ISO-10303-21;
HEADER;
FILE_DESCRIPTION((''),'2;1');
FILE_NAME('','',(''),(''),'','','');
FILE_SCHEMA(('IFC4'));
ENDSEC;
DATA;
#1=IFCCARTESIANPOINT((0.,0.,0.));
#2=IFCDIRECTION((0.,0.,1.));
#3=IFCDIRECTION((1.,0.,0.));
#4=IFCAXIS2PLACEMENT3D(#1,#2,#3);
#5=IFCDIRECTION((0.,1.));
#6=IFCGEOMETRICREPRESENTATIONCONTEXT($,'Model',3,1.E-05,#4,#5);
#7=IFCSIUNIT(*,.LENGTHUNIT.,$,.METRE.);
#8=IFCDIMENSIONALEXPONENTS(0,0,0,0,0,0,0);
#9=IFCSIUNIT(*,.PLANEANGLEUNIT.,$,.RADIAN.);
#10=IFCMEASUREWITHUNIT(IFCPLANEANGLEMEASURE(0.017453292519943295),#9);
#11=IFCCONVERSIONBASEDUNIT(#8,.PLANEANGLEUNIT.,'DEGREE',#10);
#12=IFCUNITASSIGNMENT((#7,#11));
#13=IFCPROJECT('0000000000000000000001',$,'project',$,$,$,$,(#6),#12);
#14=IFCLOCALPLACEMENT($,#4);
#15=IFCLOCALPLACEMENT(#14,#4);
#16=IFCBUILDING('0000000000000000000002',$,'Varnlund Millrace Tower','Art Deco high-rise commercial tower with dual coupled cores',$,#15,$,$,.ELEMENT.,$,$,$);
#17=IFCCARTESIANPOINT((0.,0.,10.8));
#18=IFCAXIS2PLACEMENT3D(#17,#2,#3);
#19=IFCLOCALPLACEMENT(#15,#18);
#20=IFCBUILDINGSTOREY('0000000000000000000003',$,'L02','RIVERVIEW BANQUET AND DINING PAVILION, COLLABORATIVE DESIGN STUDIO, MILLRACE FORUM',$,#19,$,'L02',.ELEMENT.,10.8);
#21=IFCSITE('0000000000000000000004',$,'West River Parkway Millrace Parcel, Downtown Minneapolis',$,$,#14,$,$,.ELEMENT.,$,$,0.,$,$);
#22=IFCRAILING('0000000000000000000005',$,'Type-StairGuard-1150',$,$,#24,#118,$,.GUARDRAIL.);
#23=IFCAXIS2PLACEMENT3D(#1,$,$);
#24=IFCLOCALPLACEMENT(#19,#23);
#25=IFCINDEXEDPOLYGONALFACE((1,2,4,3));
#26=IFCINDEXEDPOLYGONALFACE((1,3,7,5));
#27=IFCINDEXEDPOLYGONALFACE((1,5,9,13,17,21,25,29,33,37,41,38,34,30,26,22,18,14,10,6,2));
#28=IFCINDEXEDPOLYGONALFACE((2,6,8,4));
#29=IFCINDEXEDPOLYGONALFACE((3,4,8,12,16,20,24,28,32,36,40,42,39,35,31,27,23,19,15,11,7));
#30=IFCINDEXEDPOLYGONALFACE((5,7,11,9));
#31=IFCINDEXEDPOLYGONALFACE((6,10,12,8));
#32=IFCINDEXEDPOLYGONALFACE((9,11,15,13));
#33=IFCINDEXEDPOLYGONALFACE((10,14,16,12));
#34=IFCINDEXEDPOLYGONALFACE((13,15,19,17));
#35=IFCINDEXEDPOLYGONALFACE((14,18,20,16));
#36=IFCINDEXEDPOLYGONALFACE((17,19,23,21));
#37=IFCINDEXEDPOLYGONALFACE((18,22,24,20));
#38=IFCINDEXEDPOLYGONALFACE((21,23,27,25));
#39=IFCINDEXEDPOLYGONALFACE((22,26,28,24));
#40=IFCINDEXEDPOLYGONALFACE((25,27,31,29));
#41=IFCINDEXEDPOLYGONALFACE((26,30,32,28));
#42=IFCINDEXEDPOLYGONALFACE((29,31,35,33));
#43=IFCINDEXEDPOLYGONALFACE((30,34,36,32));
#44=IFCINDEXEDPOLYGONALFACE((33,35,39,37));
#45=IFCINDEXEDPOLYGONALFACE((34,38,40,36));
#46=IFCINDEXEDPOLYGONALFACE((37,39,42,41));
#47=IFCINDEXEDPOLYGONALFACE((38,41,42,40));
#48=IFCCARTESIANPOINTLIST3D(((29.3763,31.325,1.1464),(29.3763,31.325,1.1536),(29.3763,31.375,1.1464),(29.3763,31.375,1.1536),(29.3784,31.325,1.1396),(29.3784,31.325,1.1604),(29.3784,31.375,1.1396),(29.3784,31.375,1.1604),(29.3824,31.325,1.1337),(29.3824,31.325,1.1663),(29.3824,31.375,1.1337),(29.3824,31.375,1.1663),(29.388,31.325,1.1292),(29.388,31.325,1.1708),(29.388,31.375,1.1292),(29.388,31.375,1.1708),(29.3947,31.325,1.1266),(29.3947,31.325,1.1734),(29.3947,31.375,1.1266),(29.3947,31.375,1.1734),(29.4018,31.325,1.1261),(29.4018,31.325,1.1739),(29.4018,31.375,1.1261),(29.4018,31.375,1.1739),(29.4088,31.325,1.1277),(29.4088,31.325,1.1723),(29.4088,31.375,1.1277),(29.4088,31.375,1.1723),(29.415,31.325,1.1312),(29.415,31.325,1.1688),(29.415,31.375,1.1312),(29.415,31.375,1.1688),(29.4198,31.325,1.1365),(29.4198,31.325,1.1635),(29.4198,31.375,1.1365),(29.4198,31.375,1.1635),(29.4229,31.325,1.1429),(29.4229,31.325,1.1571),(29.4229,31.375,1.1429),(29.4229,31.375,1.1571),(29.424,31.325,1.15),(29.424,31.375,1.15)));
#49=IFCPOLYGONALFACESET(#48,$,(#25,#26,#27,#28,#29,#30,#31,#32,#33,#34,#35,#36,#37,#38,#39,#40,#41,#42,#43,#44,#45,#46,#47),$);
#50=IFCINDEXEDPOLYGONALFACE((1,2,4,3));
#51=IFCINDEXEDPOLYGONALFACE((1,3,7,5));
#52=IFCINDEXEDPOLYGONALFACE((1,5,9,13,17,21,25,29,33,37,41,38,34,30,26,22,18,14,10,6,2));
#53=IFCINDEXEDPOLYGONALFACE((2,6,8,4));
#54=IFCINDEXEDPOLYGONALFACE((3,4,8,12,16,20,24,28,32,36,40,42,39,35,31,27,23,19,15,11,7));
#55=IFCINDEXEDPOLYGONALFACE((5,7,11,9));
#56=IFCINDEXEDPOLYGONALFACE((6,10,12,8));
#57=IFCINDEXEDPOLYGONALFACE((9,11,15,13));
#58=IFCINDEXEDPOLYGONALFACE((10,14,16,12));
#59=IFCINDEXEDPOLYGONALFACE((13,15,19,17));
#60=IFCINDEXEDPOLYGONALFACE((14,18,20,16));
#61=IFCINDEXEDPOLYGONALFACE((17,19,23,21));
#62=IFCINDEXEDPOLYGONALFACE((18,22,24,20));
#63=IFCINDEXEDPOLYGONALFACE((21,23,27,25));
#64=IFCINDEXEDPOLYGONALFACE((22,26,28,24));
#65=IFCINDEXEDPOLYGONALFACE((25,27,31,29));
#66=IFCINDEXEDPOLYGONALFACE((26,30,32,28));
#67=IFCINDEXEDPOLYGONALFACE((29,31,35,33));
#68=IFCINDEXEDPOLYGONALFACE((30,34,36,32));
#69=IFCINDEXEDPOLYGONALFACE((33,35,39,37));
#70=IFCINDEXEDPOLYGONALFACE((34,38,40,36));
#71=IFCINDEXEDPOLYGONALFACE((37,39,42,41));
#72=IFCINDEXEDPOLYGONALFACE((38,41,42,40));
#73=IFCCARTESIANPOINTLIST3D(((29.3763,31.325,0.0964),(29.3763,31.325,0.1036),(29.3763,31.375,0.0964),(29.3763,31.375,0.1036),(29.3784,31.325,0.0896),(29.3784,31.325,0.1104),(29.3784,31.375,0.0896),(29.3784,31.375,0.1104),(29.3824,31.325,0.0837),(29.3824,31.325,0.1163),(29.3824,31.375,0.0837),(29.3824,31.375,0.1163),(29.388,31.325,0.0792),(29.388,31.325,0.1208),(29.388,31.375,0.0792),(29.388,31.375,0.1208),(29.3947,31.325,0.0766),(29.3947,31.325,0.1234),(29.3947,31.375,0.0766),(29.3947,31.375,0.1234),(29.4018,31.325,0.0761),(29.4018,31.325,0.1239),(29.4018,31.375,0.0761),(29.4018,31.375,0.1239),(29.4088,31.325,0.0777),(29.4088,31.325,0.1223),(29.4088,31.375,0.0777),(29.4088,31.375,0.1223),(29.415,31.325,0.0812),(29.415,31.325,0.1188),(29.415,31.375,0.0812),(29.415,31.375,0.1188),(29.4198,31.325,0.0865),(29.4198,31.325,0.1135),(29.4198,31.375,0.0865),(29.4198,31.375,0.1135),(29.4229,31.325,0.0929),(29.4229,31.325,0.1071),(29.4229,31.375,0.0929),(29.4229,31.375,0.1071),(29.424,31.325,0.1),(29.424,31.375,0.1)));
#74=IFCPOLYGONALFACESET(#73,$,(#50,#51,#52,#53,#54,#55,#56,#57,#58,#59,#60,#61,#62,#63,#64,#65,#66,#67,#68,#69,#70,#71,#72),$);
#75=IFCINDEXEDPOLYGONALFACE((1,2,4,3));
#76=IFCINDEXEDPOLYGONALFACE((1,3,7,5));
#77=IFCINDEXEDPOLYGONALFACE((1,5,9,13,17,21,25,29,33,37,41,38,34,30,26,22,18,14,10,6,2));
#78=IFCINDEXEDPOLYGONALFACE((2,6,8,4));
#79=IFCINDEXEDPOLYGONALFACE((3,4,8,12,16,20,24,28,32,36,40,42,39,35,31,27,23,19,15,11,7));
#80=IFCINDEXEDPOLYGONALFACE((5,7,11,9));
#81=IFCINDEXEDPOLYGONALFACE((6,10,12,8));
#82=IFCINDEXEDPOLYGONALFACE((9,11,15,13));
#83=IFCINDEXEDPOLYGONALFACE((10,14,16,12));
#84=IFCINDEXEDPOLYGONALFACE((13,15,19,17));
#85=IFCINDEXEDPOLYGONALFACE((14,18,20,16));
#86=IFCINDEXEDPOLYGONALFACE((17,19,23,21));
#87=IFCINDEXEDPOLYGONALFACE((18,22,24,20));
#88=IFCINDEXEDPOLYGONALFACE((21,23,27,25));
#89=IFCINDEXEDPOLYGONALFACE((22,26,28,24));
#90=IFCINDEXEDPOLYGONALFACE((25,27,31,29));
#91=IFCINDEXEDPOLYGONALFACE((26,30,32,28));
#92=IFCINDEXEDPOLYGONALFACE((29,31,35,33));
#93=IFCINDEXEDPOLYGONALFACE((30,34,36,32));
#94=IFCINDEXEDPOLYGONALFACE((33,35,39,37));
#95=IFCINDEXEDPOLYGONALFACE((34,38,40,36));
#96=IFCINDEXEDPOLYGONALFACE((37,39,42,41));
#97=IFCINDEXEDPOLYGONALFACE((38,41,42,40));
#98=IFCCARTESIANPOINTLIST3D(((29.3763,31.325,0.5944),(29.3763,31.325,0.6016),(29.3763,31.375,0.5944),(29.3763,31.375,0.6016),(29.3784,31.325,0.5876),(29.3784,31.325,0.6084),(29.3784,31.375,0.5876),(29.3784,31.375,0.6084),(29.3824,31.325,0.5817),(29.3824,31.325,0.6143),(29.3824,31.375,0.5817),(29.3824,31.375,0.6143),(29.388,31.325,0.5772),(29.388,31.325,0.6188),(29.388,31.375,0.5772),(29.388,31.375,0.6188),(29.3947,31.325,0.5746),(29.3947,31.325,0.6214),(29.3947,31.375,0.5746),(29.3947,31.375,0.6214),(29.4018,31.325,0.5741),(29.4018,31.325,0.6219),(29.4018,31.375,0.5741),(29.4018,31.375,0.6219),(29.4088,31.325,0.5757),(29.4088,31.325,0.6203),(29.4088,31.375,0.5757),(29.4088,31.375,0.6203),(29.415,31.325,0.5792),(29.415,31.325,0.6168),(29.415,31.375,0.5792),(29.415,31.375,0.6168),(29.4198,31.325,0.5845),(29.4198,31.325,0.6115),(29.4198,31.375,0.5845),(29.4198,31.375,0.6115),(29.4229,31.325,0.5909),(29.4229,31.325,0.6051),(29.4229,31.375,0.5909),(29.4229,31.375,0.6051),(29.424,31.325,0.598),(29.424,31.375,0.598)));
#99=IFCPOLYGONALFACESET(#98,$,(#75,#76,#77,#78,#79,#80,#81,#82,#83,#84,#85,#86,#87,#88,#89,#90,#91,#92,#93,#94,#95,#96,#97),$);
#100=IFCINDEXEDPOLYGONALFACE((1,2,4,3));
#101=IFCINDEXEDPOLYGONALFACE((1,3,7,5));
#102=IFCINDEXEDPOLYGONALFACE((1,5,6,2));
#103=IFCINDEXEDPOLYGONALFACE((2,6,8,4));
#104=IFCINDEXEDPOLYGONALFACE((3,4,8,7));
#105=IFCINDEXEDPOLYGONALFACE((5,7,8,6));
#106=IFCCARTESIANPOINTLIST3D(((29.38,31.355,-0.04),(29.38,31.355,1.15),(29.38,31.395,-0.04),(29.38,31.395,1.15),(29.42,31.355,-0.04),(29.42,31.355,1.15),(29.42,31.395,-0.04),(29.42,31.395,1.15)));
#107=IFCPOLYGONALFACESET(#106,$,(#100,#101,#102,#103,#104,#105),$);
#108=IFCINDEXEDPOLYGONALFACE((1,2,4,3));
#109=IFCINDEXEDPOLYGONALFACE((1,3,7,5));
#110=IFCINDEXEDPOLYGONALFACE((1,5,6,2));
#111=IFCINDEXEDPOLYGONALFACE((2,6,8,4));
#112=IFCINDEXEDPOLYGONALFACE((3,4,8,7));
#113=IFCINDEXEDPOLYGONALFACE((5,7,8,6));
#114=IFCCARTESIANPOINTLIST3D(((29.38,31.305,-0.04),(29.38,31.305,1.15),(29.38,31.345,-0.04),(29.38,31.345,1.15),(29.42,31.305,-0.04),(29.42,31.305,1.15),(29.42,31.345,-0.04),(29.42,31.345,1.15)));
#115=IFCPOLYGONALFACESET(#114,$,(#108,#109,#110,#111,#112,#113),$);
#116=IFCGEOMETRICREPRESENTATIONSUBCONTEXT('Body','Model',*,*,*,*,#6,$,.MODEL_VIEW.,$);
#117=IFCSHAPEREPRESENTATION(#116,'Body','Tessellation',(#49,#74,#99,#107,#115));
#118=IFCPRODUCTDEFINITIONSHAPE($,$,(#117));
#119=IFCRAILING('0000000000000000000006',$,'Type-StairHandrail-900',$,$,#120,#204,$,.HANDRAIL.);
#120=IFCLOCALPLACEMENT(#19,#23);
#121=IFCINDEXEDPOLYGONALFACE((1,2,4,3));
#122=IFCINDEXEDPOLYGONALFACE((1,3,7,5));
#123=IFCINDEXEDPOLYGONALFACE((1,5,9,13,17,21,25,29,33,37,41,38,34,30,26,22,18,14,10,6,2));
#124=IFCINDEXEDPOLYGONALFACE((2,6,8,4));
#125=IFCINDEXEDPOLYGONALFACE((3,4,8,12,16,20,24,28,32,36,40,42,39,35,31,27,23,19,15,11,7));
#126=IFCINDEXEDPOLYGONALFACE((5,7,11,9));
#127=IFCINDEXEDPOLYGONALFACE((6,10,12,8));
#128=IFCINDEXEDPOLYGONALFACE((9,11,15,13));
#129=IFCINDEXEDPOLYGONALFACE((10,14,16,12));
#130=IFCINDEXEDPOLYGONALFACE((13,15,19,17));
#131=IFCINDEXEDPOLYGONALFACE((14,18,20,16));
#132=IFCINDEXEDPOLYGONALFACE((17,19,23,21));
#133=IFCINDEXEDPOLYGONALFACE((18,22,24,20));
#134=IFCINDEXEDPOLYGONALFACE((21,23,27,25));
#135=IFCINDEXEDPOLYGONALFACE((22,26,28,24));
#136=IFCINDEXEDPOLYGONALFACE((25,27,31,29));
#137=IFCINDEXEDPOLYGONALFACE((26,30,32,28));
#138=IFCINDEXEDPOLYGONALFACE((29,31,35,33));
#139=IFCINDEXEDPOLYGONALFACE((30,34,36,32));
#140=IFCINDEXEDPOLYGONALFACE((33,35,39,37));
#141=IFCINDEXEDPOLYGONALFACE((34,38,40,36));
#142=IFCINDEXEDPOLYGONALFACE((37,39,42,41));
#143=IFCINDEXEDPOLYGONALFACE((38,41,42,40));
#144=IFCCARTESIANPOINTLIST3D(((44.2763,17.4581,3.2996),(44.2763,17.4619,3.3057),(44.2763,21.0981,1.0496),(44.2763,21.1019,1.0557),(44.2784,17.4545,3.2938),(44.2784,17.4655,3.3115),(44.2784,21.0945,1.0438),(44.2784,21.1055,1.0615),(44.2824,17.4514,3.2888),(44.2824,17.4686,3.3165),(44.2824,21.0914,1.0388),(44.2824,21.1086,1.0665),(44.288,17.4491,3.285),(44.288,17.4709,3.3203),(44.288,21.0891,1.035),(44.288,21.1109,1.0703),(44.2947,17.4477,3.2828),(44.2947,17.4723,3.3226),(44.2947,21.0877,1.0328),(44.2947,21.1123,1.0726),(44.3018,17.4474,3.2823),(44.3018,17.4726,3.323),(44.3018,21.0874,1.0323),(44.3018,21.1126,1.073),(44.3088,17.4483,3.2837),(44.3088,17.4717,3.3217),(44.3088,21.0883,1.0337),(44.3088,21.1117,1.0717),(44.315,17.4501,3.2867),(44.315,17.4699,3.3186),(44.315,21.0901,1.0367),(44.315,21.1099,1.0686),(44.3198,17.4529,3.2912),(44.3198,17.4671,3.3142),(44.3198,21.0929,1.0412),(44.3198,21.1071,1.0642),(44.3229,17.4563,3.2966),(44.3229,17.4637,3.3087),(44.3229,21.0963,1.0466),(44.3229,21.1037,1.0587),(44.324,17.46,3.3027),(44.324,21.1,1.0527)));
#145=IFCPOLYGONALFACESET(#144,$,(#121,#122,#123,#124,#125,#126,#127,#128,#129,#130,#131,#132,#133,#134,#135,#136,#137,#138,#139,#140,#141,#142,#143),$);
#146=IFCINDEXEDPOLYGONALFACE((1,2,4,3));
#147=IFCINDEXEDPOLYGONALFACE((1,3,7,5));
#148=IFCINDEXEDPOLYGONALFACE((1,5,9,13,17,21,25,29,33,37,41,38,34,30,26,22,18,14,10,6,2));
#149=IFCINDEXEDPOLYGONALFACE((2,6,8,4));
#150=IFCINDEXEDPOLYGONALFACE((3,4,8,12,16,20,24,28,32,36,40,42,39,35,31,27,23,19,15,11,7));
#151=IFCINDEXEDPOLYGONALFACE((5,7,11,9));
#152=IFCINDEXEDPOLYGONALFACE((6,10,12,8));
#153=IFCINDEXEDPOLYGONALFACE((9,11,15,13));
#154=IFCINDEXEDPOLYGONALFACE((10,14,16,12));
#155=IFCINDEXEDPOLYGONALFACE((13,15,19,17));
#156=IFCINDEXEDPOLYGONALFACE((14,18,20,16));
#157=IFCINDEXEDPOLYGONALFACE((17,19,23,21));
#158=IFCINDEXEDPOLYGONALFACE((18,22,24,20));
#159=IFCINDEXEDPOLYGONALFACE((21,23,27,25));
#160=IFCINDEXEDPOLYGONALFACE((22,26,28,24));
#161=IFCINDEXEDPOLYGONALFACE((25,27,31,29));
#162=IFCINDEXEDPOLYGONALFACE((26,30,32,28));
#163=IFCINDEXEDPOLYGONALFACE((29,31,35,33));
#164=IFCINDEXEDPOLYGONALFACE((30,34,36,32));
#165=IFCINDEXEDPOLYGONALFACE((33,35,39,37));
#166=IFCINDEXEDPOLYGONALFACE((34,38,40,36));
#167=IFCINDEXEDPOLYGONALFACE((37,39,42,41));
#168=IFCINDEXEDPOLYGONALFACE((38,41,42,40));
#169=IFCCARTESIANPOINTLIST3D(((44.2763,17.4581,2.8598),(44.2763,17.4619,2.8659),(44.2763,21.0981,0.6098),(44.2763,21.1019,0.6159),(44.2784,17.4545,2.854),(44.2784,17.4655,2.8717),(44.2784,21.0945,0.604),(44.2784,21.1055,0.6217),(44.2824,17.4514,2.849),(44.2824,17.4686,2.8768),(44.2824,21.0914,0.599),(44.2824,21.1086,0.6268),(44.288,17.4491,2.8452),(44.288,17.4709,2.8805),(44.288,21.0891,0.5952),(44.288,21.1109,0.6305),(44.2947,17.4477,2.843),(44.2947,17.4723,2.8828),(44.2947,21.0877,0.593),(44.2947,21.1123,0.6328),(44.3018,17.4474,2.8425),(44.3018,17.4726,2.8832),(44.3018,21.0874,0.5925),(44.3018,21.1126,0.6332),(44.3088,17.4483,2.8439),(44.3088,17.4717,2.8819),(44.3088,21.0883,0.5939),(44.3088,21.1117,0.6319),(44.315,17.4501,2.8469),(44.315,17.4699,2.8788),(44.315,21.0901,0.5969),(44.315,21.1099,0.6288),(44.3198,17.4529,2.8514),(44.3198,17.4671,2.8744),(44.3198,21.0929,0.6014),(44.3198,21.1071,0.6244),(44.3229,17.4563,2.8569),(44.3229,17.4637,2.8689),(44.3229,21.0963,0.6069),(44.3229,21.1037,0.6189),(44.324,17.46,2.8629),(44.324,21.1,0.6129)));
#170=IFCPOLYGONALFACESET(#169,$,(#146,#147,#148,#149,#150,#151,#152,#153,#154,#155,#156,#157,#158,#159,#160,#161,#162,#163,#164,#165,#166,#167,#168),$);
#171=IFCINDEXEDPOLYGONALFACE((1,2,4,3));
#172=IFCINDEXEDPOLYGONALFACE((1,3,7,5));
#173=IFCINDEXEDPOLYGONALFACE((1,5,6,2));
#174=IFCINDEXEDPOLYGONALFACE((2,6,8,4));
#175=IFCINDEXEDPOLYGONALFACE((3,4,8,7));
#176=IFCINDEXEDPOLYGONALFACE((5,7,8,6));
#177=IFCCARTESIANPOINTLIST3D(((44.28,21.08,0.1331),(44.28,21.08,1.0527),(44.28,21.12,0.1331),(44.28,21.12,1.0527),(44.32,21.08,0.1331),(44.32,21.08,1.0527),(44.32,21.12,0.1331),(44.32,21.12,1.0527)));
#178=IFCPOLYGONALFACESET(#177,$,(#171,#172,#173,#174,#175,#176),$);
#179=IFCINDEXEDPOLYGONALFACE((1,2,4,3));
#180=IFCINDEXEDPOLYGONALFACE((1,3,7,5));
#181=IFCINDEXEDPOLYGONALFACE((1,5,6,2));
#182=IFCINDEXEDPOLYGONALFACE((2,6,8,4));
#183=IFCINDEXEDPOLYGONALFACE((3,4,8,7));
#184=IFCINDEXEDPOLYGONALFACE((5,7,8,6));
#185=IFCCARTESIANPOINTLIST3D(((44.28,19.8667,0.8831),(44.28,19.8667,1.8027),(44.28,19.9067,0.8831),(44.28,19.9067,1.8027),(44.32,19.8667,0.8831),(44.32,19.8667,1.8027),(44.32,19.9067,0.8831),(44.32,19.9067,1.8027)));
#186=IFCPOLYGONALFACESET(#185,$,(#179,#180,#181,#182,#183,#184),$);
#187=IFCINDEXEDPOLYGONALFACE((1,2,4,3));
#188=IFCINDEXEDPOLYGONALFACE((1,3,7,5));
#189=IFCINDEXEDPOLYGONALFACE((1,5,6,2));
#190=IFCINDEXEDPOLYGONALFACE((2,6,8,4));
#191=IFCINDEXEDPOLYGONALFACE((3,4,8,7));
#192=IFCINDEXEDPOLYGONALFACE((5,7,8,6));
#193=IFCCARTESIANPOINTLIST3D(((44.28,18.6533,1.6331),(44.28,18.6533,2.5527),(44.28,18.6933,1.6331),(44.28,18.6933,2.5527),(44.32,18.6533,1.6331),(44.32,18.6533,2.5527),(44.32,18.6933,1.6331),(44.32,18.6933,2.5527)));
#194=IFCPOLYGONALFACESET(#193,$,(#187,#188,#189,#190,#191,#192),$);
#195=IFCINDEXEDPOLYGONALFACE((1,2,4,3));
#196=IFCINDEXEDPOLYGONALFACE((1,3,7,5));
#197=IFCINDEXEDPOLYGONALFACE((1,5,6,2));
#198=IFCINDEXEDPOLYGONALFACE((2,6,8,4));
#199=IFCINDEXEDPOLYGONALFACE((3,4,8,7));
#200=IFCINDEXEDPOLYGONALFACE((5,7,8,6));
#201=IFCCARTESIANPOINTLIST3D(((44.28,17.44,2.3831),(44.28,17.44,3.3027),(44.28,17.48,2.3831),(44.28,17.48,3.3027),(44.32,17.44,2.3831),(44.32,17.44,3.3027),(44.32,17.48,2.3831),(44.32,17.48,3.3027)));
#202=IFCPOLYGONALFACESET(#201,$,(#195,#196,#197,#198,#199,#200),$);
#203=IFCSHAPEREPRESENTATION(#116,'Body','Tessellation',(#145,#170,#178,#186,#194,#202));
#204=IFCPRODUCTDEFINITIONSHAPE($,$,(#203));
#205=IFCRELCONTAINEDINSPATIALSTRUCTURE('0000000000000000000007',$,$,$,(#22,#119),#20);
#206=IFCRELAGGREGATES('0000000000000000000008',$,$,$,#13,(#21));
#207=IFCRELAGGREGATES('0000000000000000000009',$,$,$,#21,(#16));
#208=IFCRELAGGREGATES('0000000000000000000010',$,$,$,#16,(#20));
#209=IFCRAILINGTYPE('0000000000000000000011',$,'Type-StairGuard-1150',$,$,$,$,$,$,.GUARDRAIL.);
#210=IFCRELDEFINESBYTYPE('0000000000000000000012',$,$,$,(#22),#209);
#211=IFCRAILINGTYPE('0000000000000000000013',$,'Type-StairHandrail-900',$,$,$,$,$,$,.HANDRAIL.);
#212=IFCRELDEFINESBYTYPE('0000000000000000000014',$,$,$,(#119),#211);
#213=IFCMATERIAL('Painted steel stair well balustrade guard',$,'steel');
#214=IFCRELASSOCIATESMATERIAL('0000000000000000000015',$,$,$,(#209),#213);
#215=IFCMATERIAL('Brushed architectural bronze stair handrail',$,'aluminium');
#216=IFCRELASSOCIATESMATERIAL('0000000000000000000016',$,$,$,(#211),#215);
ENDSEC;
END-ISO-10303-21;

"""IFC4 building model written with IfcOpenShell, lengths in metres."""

from ifc_helpers import new_model, entity, si_unit, converted_unit, direction, frame, origin_with_axes, origin_2d_with_axis, place, context, subcontext, project, spatial, rectangle, circle, extrude, material, type_object, element, save


model = new_model("IFC4")

# Units and contexts
model_context = context("Model", 3, precision=1e-05, world=origin_with_axes(), true_north=direction((0.0, 1.0)))
body_context = subcontext(model_context, "Body", "Model", "MODEL_VIEW")
ifc_project = project(units=[si_unit("LENGTHUNIT", "METRE"), converted_unit("PLANEANGLEUNIT", "DEGREE", entity("IfcPlaneAngleMeasure", 0.017453292519943295), si_unit("PLANEANGLEUNIT", "RADIAN"), dimensions=[0, 0, 0, 0, 0, 0, 0])], contexts=[model_context])

# Site, building, storey
site_placement = place(None, origin_with_axes())
site = spatial("IfcSite", under=ifc_project, at=site_placement, Name="West River Parkway Millrace Parcel, Downtown Minneapolis", CompositionType="ELEMENT", RefElevation=0.0)
building_placement = place(site_placement, origin_with_axes())
building = spatial("IfcBuilding", under=site, at=building_placement, Name="Varnlund Millrace Tower", Description="Art Deco high-rise commercial tower with dual coupled cores", CompositionType="ELEMENT")
storey_placement = place(building_placement, frame((0.0, 0.0, 10.8), z_axis=(0.0, 0.0, 1.0), x_axis=(1.0, 0.0, 0.0)))
storey = spatial("IfcBuildingStorey", under=building, at=storey_placement, Name="L02", Description="RIVERVIEW BANQUET AND DINING PAVILION, COLLABORATIVE DESIGN STUDIO, MILLRACE FORUM", LongName="L02", CompositionType="ELEMENT", Elevation=10.8)

# Railings
ifc_material_1 = material(Name="Painted steel stair well balustrade guard", Category="steel")
railing_type_1 = type_object("IfcRailingType", Name="Type-StairGuard-1150", PredefinedType="GUARDRAIL", material=ifc_material_1)
railing_1_placement = place(storey_placement, frame((0.0, 0.0, -10.8), z_axis=(0.0, 0.0, 1.0), x_axis=(1.0, 0.0, 0.0)))
element("IfcRailing", 1, at=railing_1_placement, inside=storey, type_object=railing_type_1, Name="Type-StairGuard-1150", PredefinedType="GUARDRAIL", context=body_context, shape_type="SweptSolid", body=[
    extrude(circle(Radius=0.024, at=origin_2d_with_axis()), frame((29.4, 31.375, 11.95), z_axis=(0.0, -1.0, 0.0), x_axis=(1.0, 0.0, 0.0)), (0.0, 0.0, 1.0), 0.05),
    extrude(circle(Radius=0.024, at=origin_2d_with_axis()), frame((29.4, 31.375, 10.9), z_axis=(0.0, -1.0, 0.0), x_axis=(1.0, 0.0, 0.0)), (0.0, 0.0, 1.0), 0.05),
    extrude(circle(Radius=0.024, at=origin_2d_with_axis()), frame((29.4, 31.375, 11.398), z_axis=(0.0, -1.0, 0.0), x_axis=(1.0, 0.0, 0.0)), (0.0, 0.0, 1.0), 0.05),
    extrude(rectangle(XDim=0.04, YDim=0.04, at=origin_2d_with_axis()), frame((29.4, 31.375, 10.76), z_axis=(0.0, 0.0, 1.0), x_axis=(1.0, 0.0, 0.0)), (0.0, 0.0, 1.0), 1.19),
    extrude(rectangle(XDim=0.04, YDim=0.04, at=origin_2d_with_axis()), frame((29.4, 31.325, 10.76), z_axis=(0.0, 0.0, 1.0), x_axis=(1.0, 0.0, 0.0)), (0.0, 0.0, 1.0), 1.19),
])
ifc_material_2 = material(Name="Brushed architectural bronze stair handrail", Category="aluminium")
railing_type_2 = type_object("IfcRailingType", Name="Type-StairHandrail-900", PredefinedType="HANDRAIL", material=ifc_material_2)
railing_2_placement = place(storey_placement, frame((0.0, 0.0, -10.8), z_axis=(0.0, 0.0, 1.0), x_axis=(1.0, 0.0, 0.0)))
element("IfcRailing", 2, at=railing_2_placement, inside=storey, type_object=railing_type_2, Name="Type-StairHandrail-900", PredefinedType="HANDRAIL", context=body_context, shape_type="SweptSolid", body=[
    extrude(circle(Radius=0.024, at=origin_2d_with_axis()), frame((44.3, 21.1, 11.8527), z_axis=(0.0, -0.850614, 0.525791), x_axis=(1.0, 0.0, 0.0)), (0.0, 0.0, 1.0), 4.2793),
    extrude(circle(Radius=0.024, at=origin_2d_with_axis()), frame((44.3, 21.1, 11.4129), z_axis=(0.0, -0.850614, 0.525791), x_axis=(1.0, 0.0, 0.0)), (0.0, 0.0, 1.0), 4.2793),
    extrude(rectangle(XDim=0.04, YDim=0.04, at=origin_2d_with_axis()), frame((44.3, 21.1, 10.9331), z_axis=(0.0, 0.0, 1.0), x_axis=(1.0, 0.0, 0.0)), (0.0, 0.0, 1.0), 0.9196),
    extrude(rectangle(XDim=0.04, YDim=0.04, at=origin_2d_with_axis()), frame((44.3, 19.8867, 11.6831), z_axis=(0.0, 0.0, 1.0), x_axis=(1.0, 0.0, 0.0)), (0.0, 0.0, 1.0), 0.9196),
    extrude(rectangle(XDim=0.04, YDim=0.04, at=origin_2d_with_axis()), frame((44.3, 18.6733, 12.4331), z_axis=(0.0, 0.0, 1.0), x_axis=(1.0, 0.0, 0.0)), (0.0, 0.0, 1.0), 0.9196),
    extrude(rectangle(XDim=0.04, YDim=0.04, at=origin_2d_with_axis()), frame((44.3, 17.46, 13.1831), z_axis=(0.0, 0.0, 1.0), x_axis=(1.0, 0.0, 0.0)), (0.0, 0.0, 1.0), 0.9196),
])

save(model, "model.ifc")
